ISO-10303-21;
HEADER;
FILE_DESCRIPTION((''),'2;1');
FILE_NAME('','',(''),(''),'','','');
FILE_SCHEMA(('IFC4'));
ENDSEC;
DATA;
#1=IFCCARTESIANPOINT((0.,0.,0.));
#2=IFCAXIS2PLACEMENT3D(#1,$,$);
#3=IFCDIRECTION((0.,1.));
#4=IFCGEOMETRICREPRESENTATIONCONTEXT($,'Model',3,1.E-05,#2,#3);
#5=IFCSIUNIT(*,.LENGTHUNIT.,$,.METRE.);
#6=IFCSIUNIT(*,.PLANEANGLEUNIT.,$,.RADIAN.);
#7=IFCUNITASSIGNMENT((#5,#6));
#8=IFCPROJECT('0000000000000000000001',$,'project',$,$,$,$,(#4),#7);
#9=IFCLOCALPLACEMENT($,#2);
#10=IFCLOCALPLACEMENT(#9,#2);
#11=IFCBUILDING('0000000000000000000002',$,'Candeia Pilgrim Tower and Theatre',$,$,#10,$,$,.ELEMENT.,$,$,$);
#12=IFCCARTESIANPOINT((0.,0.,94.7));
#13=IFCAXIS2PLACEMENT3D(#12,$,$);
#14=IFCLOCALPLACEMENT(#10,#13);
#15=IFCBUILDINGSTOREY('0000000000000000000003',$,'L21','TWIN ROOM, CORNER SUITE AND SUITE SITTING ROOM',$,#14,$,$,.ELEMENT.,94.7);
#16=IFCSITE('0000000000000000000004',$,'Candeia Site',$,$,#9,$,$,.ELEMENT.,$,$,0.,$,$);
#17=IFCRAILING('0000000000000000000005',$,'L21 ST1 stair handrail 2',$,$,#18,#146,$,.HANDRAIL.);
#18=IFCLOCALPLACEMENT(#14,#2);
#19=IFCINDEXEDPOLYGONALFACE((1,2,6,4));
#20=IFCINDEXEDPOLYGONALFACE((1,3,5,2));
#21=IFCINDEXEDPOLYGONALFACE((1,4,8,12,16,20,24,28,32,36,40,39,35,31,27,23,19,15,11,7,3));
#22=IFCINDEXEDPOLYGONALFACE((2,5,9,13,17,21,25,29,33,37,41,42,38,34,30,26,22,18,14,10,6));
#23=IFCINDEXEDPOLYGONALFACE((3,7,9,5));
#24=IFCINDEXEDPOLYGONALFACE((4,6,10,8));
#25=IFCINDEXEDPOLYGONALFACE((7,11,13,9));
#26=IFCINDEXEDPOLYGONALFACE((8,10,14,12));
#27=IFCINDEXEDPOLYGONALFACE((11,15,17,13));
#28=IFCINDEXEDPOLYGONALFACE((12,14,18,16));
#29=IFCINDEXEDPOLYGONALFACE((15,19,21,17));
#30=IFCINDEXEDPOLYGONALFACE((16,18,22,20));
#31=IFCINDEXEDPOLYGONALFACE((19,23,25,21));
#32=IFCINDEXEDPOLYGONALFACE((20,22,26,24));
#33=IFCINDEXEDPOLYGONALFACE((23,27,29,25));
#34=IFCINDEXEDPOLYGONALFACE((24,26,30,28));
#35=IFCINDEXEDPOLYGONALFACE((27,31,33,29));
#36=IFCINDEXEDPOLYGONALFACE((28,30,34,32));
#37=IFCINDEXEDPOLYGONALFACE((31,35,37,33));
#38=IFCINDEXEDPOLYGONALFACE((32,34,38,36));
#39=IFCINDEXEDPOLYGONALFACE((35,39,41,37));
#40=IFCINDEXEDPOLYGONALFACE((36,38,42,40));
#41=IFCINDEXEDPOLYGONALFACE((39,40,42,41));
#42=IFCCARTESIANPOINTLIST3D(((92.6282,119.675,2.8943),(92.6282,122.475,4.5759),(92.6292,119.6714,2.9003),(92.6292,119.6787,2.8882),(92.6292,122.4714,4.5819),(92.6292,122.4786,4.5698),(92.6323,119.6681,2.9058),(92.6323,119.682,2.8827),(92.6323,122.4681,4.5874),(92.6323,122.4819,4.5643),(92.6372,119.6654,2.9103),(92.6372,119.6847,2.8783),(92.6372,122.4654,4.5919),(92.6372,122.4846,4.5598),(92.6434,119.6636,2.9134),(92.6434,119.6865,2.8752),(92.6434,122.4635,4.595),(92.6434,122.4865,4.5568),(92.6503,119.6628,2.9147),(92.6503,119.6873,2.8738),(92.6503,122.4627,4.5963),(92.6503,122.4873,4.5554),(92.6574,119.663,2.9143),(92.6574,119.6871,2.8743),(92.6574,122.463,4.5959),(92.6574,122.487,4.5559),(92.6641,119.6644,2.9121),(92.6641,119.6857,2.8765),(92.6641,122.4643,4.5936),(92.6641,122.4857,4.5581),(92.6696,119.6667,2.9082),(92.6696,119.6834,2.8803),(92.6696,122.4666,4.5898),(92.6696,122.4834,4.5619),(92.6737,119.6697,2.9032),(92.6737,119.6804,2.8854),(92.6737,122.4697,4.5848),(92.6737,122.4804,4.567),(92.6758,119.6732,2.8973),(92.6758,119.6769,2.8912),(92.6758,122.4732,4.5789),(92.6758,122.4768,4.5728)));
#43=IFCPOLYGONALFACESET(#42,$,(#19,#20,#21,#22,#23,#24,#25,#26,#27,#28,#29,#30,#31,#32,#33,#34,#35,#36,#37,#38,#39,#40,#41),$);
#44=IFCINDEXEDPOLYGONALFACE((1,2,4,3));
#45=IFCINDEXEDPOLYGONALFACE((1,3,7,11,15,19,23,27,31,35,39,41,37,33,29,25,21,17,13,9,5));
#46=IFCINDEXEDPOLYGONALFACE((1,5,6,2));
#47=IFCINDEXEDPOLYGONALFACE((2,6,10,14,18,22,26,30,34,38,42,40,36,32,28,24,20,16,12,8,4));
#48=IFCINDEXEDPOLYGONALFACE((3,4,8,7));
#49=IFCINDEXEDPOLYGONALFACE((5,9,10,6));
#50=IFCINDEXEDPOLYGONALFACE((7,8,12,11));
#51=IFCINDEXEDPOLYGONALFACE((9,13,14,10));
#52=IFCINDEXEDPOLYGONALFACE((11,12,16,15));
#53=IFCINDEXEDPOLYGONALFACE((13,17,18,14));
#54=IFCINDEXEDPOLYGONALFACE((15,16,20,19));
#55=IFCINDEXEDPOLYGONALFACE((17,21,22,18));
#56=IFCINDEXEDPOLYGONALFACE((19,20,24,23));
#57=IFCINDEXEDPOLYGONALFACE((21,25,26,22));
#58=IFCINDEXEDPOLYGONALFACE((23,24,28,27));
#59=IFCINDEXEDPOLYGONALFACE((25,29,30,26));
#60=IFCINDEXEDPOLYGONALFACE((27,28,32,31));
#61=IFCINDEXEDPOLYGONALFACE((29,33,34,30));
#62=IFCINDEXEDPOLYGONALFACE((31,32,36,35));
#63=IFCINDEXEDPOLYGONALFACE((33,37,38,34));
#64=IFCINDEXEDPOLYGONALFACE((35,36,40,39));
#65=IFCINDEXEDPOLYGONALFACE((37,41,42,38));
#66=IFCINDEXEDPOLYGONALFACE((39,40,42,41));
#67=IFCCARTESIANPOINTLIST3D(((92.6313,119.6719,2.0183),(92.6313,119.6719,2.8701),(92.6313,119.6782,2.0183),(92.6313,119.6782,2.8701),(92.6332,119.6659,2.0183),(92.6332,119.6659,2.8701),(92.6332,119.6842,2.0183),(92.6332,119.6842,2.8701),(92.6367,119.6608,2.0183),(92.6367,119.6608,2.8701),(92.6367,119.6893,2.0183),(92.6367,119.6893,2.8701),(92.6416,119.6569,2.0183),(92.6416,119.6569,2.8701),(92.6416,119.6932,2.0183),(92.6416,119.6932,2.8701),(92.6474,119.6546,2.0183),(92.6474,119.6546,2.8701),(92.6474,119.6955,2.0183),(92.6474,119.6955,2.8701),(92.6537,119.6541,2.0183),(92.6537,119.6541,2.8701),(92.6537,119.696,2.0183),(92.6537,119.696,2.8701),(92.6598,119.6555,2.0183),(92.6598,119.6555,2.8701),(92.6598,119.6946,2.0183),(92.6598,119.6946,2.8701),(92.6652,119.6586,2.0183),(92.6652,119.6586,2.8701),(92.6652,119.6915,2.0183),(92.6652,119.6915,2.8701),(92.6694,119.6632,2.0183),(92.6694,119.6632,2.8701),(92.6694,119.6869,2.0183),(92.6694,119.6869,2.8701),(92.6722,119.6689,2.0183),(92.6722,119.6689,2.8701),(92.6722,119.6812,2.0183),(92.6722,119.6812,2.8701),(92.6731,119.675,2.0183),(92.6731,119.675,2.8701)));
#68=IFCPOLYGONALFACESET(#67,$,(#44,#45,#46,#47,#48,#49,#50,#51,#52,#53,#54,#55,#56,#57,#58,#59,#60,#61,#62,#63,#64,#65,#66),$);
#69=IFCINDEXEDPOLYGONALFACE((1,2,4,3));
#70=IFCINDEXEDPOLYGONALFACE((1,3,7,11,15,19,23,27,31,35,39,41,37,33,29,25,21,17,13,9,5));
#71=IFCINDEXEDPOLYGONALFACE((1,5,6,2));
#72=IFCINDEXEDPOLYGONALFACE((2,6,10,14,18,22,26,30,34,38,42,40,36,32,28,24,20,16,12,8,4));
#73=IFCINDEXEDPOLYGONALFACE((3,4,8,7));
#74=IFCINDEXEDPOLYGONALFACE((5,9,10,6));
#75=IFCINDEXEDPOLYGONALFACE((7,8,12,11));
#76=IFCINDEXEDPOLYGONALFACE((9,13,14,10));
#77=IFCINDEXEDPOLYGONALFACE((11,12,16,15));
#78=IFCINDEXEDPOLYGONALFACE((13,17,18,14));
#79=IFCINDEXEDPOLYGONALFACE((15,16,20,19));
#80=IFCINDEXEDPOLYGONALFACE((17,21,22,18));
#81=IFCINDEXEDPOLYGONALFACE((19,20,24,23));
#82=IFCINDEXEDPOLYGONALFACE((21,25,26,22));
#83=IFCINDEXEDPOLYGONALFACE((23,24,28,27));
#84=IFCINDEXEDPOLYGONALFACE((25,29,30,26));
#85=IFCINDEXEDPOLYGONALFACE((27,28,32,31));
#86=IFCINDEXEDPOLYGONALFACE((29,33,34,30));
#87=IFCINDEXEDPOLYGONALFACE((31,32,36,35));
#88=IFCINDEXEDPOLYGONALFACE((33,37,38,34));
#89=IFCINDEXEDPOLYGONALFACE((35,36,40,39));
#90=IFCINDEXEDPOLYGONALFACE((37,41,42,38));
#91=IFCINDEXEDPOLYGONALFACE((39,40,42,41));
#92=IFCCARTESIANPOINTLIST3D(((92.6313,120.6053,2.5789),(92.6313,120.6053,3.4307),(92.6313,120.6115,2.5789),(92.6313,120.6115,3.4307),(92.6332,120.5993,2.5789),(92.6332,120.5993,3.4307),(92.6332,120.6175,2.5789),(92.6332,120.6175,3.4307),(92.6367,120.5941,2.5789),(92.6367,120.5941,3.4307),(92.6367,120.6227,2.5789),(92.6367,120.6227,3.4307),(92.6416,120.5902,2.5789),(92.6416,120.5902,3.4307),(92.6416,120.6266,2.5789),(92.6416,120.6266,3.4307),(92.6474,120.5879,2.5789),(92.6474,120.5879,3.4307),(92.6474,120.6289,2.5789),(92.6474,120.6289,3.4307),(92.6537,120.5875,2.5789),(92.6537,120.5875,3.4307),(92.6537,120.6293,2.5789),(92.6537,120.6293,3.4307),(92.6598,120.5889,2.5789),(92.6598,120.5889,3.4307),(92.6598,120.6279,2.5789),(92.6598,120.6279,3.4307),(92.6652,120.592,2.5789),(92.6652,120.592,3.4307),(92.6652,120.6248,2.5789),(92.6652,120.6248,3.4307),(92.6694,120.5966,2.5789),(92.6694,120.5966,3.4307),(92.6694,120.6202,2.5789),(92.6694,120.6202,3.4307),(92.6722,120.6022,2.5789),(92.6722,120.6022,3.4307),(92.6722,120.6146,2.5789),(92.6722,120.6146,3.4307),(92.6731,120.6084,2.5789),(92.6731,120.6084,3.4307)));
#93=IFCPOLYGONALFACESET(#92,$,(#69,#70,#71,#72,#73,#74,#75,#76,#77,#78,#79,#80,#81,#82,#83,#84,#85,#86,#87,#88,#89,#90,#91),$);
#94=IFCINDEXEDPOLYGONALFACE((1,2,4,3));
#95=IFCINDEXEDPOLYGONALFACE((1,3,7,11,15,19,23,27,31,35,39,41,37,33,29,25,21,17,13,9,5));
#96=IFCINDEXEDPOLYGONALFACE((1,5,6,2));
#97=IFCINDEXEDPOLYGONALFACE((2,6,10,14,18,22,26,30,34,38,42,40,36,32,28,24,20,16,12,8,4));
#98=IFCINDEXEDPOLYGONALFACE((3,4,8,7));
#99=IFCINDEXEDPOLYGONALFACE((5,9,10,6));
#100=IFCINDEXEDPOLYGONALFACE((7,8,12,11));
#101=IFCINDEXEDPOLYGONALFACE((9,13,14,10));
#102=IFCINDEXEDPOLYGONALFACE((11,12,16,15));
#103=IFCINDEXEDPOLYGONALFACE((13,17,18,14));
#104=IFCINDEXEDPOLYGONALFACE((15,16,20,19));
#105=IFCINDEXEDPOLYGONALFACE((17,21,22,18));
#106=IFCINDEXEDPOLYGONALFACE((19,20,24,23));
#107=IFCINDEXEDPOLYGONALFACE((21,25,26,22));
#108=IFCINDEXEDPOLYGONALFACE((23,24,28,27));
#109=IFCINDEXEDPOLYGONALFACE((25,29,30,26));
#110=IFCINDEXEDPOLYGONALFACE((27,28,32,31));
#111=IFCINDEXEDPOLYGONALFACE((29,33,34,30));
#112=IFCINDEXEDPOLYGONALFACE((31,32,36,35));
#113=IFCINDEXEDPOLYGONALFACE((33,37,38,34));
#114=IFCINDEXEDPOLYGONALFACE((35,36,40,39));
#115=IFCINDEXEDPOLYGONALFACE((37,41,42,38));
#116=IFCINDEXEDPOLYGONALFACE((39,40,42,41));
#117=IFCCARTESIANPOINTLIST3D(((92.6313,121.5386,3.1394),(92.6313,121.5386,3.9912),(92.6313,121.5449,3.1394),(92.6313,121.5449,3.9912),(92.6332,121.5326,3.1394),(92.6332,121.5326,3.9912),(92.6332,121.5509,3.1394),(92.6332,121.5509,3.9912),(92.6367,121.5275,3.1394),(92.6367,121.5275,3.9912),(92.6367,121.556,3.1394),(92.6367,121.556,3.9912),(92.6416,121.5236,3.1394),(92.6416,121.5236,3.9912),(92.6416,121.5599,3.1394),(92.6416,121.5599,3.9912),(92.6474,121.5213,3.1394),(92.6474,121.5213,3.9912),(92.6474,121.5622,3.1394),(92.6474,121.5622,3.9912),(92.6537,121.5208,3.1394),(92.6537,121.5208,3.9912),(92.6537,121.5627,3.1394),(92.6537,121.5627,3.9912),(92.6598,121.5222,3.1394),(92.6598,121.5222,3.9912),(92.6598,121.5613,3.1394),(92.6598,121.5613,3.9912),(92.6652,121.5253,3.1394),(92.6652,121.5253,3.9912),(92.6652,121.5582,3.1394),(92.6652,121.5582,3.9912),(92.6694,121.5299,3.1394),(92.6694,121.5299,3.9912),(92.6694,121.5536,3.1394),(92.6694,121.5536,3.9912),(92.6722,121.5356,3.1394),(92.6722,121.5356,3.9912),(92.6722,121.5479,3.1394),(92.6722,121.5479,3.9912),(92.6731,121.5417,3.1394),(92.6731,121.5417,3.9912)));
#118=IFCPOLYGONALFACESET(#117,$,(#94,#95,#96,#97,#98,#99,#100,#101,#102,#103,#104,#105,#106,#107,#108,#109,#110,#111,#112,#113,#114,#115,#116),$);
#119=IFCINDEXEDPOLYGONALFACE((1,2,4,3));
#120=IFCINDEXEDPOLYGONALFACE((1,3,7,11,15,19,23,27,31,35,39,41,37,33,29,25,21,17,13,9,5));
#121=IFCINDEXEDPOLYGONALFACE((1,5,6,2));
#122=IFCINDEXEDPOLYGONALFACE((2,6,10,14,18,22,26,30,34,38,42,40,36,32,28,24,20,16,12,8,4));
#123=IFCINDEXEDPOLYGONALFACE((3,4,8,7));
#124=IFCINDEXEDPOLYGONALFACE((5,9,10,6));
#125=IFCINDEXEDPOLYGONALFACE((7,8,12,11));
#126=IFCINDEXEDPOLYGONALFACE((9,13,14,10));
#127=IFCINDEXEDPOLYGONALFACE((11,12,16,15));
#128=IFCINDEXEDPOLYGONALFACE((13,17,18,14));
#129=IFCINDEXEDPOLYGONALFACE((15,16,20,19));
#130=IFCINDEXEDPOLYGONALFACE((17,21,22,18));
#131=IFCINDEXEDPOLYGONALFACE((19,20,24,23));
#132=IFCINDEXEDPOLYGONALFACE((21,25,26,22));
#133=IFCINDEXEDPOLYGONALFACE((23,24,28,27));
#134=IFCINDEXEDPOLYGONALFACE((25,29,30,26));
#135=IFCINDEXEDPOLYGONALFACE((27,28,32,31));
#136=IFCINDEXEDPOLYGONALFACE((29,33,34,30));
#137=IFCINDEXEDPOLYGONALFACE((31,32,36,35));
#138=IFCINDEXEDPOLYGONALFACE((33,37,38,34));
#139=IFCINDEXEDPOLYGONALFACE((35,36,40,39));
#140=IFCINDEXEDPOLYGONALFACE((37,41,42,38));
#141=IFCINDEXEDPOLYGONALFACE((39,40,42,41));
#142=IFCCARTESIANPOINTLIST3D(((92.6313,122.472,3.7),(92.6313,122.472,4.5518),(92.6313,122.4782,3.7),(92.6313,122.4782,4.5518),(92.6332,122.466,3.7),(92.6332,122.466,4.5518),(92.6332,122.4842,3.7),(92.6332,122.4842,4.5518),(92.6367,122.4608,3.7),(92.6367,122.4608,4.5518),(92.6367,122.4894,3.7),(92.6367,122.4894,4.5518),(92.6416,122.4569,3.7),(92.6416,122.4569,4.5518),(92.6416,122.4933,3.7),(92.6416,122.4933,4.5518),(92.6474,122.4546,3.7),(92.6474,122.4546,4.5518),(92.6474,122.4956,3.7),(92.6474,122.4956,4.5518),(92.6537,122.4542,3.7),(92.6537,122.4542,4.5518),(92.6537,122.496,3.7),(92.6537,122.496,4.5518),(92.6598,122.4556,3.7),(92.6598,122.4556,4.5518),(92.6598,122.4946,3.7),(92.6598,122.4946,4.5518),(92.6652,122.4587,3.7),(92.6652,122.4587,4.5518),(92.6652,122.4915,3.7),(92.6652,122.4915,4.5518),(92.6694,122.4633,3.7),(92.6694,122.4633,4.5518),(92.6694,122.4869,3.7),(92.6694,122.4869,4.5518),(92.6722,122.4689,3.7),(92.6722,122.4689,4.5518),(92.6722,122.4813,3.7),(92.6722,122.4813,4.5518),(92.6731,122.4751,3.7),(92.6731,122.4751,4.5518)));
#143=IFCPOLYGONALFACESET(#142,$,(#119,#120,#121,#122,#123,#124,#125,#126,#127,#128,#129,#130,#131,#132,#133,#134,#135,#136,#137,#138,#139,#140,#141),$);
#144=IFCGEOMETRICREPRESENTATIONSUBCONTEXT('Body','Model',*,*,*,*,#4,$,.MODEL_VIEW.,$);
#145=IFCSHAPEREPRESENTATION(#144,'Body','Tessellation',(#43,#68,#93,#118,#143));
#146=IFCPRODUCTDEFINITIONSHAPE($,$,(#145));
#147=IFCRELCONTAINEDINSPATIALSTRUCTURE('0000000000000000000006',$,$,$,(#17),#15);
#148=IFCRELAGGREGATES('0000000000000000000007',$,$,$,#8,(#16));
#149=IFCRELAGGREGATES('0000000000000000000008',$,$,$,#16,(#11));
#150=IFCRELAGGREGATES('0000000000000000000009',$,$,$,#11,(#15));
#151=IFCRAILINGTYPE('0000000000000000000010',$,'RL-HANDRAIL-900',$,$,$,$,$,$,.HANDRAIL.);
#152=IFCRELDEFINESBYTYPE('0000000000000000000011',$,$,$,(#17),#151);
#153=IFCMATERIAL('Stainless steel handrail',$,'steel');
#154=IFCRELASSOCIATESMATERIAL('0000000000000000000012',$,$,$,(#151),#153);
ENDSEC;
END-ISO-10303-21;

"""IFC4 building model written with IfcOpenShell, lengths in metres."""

from ifc_helpers import new_model, si_unit, direction, frame, origin, origin_2d, place, context, subcontext, project, spatial, circle, extrude, material, type_object, element, save


model = new_model("IFC4")

# Units and contexts
model_context = context("Model", 3, precision=1e-05, world=origin(), true_north=direction((0.0, 1.0)))
body_context = subcontext(model_context, "Body", "Model", "MODEL_VIEW")
ifc_project = project(units=[si_unit("LENGTHUNIT", "METRE"), si_unit("PLANEANGLEUNIT", "RADIAN")], contexts=[model_context])

# Site, building, storey
site_placement = place(None, origin())
site = spatial("IfcSite", under=ifc_project, at=site_placement, Name="Candeia Site", CompositionType="ELEMENT", RefElevation=0.0)
building_placement = place(site_placement, origin())
building = spatial("IfcBuilding", under=site, at=building_placement, Name="Candeia Pilgrim Tower and Theatre", CompositionType="ELEMENT")
storey_placement = place(building_placement, frame((0.0, 0.0, 94.7)))
storey = spatial("IfcBuildingStorey", under=building, at=storey_placement, Name="L21", Description="TWIN ROOM, CORNER SUITE AND SUITE SITTING ROOM", CompositionType="ELEMENT", Elevation=94.7)

# Railing
ifc_material_1 = material(Name="Stainless steel handrail", Category="steel")
railing_type_1 = type_object("IfcRailingType", Name="RL-HANDRAIL-900", PredefinedType="HANDRAIL", material=ifc_material_1)
railing_1_placement = place(storey_placement, frame((92.6521, 119.675, 2.0183)))
element("IfcRailing", 1, at=railing_1_placement, inside=storey, type_object=railing_type_1, Name="L21 ST1 stair handrail 2", PredefinedType="HANDRAIL", context=body_context, shape_type="SweptSolid", body=[
    extrude(circle(Radius=0.0239, at=origin_2d()), frame((0.0, 0.0, 0.876), z_axis=(0.0, 0.857275, 0.514858), x_axis=(-1.0, 0.0, 0.0)), (0.0, 0.0, 1.0), 3.2661),
    extrude(circle(Radius=0.021, at=origin_2d()), origin(), (0.0, 0.0, 1.0), 0.8518),
    extrude(circle(Radius=0.021, at=origin_2d()), frame((0.0, 0.9333, 0.5605)), (0.0, 0.0, 1.0), 0.8518),
    extrude(circle(Radius=0.021, at=origin_2d()), frame((0.0, 1.8667, 1.1211)), (0.0, 0.0, 1.0), 0.8518),
    extrude(circle(Radius=0.021, at=origin_2d()), frame((0.0, 2.8, 1.6816)), (0.0, 0.0, 1.0), 0.8518),
])

save(model, "model.ifc")
